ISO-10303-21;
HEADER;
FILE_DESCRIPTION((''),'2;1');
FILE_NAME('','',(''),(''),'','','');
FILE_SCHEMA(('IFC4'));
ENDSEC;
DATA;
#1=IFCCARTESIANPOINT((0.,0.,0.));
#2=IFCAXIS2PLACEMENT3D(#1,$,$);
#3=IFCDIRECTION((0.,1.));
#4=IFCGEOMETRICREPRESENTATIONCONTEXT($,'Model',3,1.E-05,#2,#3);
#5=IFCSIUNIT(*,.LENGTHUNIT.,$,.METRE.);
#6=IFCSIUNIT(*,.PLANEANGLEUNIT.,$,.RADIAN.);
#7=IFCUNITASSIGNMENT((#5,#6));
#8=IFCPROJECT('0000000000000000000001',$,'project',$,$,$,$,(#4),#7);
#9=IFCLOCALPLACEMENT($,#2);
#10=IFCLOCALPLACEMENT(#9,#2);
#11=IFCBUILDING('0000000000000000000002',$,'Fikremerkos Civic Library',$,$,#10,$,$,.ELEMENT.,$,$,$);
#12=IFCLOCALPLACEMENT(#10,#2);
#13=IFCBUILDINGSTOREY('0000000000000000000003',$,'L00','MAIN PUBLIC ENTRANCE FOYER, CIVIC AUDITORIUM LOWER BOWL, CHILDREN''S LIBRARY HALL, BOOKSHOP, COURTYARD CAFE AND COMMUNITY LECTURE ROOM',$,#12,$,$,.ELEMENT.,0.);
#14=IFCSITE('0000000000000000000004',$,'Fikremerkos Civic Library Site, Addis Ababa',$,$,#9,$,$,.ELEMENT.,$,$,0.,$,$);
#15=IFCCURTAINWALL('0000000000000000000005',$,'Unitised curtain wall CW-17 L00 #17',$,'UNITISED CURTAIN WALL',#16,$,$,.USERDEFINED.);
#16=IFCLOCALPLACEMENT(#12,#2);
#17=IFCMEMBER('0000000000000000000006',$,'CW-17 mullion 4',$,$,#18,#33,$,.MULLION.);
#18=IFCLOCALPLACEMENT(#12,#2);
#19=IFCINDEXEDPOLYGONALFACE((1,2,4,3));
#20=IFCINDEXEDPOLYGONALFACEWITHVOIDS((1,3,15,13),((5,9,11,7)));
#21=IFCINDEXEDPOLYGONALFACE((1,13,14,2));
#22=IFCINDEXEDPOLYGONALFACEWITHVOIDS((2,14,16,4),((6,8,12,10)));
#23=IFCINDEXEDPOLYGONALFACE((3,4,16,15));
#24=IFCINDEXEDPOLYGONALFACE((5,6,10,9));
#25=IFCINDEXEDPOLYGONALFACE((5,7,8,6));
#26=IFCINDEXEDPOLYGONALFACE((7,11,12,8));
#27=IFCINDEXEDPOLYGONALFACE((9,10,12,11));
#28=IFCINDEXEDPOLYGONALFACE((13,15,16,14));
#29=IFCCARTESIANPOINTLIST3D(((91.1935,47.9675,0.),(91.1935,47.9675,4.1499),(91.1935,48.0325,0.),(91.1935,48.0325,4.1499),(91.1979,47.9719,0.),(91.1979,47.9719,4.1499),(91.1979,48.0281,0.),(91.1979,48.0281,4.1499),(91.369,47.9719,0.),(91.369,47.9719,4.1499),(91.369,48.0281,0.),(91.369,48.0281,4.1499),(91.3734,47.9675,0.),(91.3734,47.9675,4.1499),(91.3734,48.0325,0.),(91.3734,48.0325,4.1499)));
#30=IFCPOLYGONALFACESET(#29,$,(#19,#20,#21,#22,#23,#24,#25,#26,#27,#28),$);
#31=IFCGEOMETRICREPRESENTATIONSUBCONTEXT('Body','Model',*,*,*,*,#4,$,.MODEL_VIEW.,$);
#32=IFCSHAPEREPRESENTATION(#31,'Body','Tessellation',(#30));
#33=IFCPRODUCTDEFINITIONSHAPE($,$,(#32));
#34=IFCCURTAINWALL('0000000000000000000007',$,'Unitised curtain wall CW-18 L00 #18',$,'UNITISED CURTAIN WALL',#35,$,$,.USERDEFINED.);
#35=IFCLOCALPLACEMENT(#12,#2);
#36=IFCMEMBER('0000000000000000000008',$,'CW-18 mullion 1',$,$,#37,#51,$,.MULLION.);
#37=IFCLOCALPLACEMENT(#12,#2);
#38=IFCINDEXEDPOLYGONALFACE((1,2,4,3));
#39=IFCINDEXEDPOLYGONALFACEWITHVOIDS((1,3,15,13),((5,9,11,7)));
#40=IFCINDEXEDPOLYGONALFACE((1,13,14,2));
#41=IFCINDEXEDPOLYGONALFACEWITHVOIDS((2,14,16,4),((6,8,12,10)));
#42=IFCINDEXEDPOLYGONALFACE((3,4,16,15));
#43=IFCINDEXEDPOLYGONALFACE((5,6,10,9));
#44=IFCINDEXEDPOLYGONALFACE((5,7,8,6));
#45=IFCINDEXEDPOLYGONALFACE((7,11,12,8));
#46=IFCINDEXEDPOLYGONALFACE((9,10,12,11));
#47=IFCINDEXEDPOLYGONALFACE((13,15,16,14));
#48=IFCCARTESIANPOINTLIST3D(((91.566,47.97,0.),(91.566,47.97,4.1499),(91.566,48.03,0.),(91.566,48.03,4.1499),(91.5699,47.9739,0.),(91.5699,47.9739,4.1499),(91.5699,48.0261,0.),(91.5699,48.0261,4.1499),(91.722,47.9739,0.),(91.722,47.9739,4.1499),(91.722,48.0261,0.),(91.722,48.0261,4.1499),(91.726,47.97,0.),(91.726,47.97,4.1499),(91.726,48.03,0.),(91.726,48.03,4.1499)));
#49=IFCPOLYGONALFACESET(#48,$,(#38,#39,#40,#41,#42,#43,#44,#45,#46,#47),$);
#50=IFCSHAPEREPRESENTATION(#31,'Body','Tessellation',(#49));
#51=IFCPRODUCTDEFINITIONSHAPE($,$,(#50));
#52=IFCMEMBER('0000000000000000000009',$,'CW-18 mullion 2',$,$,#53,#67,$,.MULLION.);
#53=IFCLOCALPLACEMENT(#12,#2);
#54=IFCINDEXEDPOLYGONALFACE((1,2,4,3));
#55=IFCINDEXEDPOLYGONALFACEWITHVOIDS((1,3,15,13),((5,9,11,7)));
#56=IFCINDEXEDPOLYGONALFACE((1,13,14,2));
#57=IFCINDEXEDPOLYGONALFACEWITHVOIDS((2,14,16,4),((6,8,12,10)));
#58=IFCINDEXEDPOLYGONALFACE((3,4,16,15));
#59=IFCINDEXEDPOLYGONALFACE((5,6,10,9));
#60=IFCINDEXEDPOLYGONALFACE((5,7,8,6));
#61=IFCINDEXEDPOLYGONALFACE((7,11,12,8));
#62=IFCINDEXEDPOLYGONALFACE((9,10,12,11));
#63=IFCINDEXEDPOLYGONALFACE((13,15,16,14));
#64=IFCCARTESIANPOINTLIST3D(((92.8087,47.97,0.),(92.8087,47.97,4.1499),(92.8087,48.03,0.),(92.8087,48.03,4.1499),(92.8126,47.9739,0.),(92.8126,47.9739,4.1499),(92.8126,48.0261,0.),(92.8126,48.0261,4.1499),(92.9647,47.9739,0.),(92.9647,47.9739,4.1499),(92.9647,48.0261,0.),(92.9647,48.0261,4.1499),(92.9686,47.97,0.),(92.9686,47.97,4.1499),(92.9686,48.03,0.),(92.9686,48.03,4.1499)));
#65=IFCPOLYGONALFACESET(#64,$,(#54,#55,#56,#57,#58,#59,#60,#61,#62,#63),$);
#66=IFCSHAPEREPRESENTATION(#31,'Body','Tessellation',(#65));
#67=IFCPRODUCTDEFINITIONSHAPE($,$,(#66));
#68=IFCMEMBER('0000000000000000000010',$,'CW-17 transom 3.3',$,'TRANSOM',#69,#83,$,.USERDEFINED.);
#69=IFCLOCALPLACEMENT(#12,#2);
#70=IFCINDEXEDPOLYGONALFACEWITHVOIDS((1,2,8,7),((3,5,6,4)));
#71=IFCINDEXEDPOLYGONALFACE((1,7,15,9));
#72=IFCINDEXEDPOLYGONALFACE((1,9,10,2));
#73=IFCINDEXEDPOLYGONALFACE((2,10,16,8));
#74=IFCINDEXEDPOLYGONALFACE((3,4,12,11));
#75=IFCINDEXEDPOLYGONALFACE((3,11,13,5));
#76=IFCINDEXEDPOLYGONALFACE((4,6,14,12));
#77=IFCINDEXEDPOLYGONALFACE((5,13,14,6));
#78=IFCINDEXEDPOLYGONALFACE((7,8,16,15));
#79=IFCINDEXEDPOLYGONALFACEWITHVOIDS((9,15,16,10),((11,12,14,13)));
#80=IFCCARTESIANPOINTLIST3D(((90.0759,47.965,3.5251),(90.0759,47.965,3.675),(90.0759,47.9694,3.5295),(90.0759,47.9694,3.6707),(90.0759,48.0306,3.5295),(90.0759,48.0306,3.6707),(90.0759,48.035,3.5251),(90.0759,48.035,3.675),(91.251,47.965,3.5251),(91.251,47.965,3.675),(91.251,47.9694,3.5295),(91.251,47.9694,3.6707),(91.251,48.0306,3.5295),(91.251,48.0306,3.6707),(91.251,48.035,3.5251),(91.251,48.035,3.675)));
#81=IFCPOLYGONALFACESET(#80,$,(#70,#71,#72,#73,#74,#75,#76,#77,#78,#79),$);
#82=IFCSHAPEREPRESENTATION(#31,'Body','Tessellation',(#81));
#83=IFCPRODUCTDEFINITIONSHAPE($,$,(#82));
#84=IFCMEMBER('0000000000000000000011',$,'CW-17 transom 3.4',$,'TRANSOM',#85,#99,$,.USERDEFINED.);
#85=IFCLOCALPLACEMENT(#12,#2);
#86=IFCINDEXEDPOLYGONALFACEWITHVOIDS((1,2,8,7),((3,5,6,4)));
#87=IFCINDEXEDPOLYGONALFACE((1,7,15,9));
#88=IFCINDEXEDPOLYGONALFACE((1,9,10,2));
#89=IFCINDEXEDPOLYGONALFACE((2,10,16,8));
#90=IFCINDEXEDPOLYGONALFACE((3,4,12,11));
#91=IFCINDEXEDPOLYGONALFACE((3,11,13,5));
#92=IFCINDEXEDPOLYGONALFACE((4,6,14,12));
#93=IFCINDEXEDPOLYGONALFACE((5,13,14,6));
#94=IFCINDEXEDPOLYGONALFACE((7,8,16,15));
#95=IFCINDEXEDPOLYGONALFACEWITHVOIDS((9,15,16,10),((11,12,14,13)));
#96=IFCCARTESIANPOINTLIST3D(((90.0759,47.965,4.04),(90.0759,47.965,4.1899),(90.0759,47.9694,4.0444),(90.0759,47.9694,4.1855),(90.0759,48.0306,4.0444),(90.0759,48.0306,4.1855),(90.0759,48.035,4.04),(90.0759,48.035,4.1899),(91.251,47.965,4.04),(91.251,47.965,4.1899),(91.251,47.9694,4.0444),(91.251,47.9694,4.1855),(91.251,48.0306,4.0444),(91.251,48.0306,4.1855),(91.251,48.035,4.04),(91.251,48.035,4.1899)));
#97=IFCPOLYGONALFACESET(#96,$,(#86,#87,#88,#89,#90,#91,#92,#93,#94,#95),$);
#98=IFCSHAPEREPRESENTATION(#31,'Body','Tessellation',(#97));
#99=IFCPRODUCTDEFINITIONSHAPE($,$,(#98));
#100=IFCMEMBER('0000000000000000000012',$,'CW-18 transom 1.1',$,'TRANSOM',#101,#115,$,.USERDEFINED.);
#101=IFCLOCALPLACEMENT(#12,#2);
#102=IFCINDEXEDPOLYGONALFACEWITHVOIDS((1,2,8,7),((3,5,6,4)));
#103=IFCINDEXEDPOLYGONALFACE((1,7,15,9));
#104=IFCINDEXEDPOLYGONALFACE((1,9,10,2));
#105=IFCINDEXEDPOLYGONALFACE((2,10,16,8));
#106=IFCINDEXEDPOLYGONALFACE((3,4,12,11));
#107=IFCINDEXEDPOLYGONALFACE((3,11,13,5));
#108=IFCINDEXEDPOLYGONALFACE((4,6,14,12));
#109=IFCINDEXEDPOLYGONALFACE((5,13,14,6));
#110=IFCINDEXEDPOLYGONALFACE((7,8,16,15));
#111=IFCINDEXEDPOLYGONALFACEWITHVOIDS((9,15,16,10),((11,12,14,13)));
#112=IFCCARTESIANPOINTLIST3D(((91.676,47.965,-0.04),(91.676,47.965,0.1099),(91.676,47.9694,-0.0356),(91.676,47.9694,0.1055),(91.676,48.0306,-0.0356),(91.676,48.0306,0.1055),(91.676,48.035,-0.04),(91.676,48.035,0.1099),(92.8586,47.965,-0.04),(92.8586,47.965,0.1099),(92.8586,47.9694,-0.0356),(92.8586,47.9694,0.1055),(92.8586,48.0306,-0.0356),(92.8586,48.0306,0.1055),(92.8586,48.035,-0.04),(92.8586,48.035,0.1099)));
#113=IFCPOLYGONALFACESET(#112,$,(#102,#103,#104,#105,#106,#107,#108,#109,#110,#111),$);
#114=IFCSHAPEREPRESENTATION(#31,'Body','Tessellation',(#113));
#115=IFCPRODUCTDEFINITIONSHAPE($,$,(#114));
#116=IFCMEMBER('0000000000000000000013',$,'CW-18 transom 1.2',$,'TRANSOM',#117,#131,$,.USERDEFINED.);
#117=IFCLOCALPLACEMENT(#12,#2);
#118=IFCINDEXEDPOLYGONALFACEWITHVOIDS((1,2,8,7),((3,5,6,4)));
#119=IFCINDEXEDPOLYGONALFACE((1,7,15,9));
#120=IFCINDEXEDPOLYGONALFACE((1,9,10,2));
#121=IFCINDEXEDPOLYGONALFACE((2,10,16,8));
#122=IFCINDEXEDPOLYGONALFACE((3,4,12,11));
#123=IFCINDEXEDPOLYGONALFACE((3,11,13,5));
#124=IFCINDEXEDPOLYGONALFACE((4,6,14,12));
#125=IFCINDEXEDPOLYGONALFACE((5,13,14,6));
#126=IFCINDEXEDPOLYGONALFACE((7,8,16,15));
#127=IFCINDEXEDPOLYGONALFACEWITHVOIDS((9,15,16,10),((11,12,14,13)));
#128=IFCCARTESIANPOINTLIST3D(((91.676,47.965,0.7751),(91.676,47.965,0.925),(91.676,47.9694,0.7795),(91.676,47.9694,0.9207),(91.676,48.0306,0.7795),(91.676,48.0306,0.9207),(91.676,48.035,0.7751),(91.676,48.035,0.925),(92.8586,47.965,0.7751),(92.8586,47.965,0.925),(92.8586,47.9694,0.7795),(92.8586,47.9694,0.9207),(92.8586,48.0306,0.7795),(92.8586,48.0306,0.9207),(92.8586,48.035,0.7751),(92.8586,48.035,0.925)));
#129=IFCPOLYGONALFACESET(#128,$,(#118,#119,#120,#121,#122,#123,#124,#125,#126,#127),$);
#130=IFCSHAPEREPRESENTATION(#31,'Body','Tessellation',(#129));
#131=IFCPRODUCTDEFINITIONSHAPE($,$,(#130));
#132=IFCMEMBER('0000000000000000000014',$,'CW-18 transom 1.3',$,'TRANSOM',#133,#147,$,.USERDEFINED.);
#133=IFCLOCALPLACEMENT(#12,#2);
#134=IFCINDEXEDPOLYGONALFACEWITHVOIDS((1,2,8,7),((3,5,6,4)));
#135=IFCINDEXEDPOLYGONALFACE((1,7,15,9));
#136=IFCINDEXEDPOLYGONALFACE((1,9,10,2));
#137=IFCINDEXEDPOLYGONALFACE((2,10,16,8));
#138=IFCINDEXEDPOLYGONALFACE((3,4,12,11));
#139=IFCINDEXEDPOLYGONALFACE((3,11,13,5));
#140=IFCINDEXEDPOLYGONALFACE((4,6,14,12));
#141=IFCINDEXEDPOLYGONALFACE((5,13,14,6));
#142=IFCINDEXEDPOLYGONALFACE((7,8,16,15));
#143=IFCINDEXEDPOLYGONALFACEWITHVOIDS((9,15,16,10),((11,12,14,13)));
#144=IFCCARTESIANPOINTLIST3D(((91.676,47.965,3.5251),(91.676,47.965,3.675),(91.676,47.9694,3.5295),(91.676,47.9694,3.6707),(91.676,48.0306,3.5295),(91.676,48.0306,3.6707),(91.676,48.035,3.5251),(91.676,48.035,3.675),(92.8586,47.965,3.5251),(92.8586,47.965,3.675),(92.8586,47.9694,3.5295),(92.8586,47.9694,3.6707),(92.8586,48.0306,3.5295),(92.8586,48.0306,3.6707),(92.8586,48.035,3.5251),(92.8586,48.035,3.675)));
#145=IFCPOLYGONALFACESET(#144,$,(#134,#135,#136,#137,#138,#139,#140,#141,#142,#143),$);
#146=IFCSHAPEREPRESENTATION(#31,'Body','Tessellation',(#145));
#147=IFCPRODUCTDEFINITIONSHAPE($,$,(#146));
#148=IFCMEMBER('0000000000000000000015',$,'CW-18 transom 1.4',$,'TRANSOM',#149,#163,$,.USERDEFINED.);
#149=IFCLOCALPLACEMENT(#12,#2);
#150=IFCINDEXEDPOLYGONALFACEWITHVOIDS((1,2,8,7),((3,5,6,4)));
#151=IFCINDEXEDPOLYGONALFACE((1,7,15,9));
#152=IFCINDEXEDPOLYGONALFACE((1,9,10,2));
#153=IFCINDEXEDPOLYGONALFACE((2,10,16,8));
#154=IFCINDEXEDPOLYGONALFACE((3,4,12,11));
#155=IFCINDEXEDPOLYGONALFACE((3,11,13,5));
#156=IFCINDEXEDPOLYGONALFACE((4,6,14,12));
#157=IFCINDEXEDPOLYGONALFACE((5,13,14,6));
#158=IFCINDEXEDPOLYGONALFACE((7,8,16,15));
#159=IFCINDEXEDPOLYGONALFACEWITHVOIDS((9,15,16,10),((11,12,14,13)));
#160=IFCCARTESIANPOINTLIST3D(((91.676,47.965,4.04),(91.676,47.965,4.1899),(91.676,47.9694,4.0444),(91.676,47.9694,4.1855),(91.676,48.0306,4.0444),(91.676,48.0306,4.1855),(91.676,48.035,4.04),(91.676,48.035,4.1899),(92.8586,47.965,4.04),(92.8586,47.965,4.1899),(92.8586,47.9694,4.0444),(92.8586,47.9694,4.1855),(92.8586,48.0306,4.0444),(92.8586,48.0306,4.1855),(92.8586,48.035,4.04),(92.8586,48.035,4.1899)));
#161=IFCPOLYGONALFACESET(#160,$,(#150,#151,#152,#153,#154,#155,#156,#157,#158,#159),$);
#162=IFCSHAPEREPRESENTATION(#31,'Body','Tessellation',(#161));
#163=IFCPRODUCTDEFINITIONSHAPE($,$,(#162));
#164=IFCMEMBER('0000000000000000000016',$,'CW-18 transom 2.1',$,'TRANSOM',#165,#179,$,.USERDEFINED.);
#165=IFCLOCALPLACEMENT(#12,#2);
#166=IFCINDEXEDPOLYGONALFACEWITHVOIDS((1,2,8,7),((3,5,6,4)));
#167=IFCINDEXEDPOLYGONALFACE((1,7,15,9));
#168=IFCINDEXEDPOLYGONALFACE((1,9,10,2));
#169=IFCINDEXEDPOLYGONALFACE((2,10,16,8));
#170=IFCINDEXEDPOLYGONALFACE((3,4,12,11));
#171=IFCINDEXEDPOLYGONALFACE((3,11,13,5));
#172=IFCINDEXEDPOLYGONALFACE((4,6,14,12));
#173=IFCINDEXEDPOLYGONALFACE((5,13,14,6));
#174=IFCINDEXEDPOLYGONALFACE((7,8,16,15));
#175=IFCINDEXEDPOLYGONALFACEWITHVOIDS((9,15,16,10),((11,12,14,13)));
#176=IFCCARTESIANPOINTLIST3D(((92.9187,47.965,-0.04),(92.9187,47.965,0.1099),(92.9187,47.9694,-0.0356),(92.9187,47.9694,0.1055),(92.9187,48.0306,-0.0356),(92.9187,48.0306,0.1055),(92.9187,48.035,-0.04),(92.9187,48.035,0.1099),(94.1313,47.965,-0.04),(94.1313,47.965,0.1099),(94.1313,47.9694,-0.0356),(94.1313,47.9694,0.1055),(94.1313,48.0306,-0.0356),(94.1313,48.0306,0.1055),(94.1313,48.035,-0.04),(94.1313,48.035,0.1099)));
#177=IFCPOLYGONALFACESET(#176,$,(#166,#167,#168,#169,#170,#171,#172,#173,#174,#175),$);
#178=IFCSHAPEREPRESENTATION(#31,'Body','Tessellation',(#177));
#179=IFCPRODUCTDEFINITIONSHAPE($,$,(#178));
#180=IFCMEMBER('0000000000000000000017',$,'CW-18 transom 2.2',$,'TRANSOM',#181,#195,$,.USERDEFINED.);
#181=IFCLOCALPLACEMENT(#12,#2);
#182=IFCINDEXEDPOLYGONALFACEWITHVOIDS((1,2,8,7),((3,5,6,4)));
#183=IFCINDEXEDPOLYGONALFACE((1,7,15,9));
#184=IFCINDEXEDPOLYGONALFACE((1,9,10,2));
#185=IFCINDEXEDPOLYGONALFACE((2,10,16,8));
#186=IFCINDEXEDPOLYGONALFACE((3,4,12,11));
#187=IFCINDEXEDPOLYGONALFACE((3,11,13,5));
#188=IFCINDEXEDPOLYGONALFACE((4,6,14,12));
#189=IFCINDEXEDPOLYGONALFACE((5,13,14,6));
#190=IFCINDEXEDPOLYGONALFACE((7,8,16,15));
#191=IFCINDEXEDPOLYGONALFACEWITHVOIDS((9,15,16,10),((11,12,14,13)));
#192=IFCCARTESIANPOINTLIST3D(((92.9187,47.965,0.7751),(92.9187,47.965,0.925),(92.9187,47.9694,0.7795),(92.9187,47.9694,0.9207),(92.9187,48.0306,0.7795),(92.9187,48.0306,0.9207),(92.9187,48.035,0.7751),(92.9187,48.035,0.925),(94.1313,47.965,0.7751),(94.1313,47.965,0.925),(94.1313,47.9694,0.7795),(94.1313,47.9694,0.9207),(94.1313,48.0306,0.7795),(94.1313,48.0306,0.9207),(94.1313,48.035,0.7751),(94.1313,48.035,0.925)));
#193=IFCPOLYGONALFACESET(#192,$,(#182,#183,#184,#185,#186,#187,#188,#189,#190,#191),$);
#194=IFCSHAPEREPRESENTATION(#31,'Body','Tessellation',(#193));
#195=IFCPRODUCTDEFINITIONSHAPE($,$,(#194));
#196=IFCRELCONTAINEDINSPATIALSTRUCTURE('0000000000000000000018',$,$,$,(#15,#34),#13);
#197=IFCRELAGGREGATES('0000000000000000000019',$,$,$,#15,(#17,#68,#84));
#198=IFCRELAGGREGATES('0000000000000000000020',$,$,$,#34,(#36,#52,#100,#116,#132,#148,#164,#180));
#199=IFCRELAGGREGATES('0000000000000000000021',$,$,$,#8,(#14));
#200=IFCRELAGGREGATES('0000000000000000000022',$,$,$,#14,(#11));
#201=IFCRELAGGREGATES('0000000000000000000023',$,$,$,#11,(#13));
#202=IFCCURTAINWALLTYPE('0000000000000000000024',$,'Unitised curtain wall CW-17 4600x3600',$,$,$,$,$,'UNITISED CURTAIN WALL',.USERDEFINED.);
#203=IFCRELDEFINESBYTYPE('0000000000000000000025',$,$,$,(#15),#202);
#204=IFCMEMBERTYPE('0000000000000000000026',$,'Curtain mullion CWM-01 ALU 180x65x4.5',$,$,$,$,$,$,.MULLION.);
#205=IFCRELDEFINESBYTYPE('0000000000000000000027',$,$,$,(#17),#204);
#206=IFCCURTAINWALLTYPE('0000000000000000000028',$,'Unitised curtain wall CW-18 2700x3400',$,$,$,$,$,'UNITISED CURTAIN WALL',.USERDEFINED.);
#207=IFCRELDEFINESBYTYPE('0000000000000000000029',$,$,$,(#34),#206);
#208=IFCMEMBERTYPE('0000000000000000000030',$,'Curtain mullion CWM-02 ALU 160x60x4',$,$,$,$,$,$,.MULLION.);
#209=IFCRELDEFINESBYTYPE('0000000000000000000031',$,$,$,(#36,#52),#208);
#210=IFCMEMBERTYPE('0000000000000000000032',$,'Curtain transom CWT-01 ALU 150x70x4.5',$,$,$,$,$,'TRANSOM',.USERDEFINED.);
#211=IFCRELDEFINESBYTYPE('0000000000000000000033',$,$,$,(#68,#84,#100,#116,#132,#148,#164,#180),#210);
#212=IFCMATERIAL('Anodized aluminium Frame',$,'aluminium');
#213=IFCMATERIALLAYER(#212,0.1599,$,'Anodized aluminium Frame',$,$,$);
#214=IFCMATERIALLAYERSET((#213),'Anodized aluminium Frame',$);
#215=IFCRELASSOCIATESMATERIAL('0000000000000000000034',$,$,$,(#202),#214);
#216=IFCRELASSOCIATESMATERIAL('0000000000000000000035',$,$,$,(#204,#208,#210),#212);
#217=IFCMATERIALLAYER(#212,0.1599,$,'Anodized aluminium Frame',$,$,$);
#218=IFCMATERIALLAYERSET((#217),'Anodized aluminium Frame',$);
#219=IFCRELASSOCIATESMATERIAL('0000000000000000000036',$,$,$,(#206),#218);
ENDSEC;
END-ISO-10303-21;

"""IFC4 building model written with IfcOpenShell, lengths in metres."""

from ifc_helpers import new_model, si_unit, direction, frame, origin, origin_2d, place, context, subcontext, project, spatial, hollow_rectangle, extrude, material, layer, layer_set, material_profile, profile_set, type_object, element, aggregate, save


model = new_model("IFC4")

# Units and contexts
model_context = context("Model", 3, precision=1e-05, world=origin(), true_north=direction((0.0, 1.0)))
body_context = subcontext(model_context, "Body", "Model", "MODEL_VIEW")
ifc_project = project(units=[si_unit("LENGTHUNIT", "METRE"), si_unit("PLANEANGLEUNIT", "RADIAN")], contexts=[model_context])

# Site, building, storey
site_placement = place(None, origin())
site = spatial("IfcSite", under=ifc_project, at=site_placement, Name="Fikremerkos Civic Library Site, Addis Ababa", CompositionType="ELEMENT", RefElevation=0.0)
building_placement = place(site_placement, origin())
building = spatial("IfcBuilding", under=site, at=building_placement, Name="Fikremerkos Civic Library", CompositionType="ELEMENT")
storey_placement = place(building_placement, origin())
storey = spatial("IfcBuildingStorey", under=building, at=storey_placement, Name="L00", Description="MAIN PUBLIC ENTRANCE FOYER, CIVIC AUDITORIUM LOWER BOWL, CHILDREN'S LIBRARY HALL, BOOKSHOP, COURTYARD CAFE AND COMMUNITY LECTURE ROOM", CompositionType="ELEMENT", Elevation=0.0)

# Curtain wall, member
ifc_material_1 = material(Name="Anodized aluminium Frame", Category="aluminium")
ifc_layer_1 = layer(ifc_material_1, 0.1599, Name="Anodized aluminium Frame")
ifc_layer_set_1 = layer_set([ifc_layer_1], Name="Anodized aluminium Frame")
curtain_wall_type_1 = type_object("IfcCurtainWallType", Name="Unitised curtain wall CW-17 4600x3600", ElementType="UNITISED CURTAIN WALL", PredefinedType="USERDEFINED", material=ifc_layer_set_1)
curtain_wall_1_placement = place(storey_placement, origin())
curtain_wall_1 = element("IfcCurtainWall", 1, at=curtain_wall_1_placement, inside=storey, type_object=curtain_wall_type_1, Name="Unitised curtain wall CW-17 L00 #17", ObjectType="UNITISED CURTAIN WALL", PredefinedType="USERDEFINED")
ifc_material_profile_1 = material_profile(ifc_material_1, hollow_rectangle(XDim=0.0649, YDim=0.1799, WallThickness=0.0044, at=origin_2d()), Name="ALU 180x65x4.5")
ifc_profile_set_1 = profile_set([ifc_material_profile_1], Name="Anodized aluminium Frame")
member_type_1 = type_object("IfcMemberType", Name="Curtain mullion CWM-01 ALU 180x65x4.5", PredefinedType="MULLION", material=ifc_profile_set_1)
member_1_placement = place(storey_placement, frame((91.2834, 48.0, 0.0), z_axis=(0.0, 0.0, 1.0), x_axis=(0.0, 1.0, 0.0)))
member_1 = element("IfcMember", 2, at=member_1_placement, type_object=member_type_1, Name="CW-17 mullion 4", PredefinedType="MULLION", context=body_context, shape_type="SweptSolid", body=[
    extrude(hollow_rectangle(XDim=0.0649, YDim=0.1799, WallThickness=0.0044, at=origin_2d()), origin(), (0.0, 0.0, 1.0), 4.1499),
])

# Curtain wall, members
ifc_layer_2 = layer(ifc_material_1, 0.1599, Name="Anodized aluminium Frame")
ifc_layer_set_2 = layer_set([ifc_layer_2], Name="Anodized aluminium Frame")
curtain_wall_type_2 = type_object("IfcCurtainWallType", Name="Unitised curtain wall CW-18 2700x3400", ElementType="UNITISED CURTAIN WALL", PredefinedType="USERDEFINED", material=ifc_layer_set_2)
curtain_wall_2_placement = place(storey_placement, origin())
curtain_wall_2 = element("IfcCurtainWall", 3, at=curtain_wall_2_placement, inside=storey, type_object=curtain_wall_type_2, Name="Unitised curtain wall CW-18 L00 #18", ObjectType="UNITISED CURTAIN WALL", PredefinedType="USERDEFINED")
ifc_material_profile_2 = material_profile(ifc_material_1, hollow_rectangle(XDim=0.0601, YDim=0.1599, WallThickness=0.0039, at=origin_2d()), Name="ALU 160x60x4")
ifc_profile_set_2 = profile_set([ifc_material_profile_2], Name="Anodized aluminium Frame")
member_type_2 = type_object("IfcMemberType", Name="Curtain mullion CWM-02 ALU 160x60x4", PredefinedType="MULLION", material=ifc_profile_set_2)
member_2_placement = place(storey_placement, frame((91.646, 48.0, 0.0), z_axis=(0.0, 0.0, 1.0), x_axis=(0.0, 1.0, 0.0)))
member_2 = element("IfcMember", 4, at=member_2_placement, type_object=member_type_2, Name="CW-18 mullion 1", PredefinedType="MULLION", context=body_context, shape_type="SweptSolid", body=[
    extrude(hollow_rectangle(XDim=0.0601, YDim=0.1599, WallThickness=0.0039, at=origin_2d()), origin(), (0.0, 0.0, 1.0), 4.1499),
])
member_3_placement = place(storey_placement, frame((92.8887, 48.0, 0.0), z_axis=(0.0, 0.0, 1.0), x_axis=(0.0, 1.0, 0.0)))
member_3 = element("IfcMember", 5, at=member_3_placement, type_object=member_type_2, Name="CW-18 mullion 2", PredefinedType="MULLION", context=body_context, shape_type="SweptSolid", body=[
    extrude(hollow_rectangle(XDim=0.0601, YDim=0.1599, WallThickness=0.0039, at=origin_2d()), origin(), (0.0, 0.0, 1.0), 4.1499),
])

# Members
ifc_material_profile_3 = material_profile(ifc_material_1, hollow_rectangle(XDim=0.0701, YDim=0.1499, WallThickness=0.0044, at=origin_2d()), Name="ALU 150x70x4.5")
ifc_profile_set_3 = profile_set([ifc_material_profile_3], Name="Anodized aluminium Frame")
member_type_3 = type_object("IfcMemberType", Name="Curtain transom CWT-01 ALU 150x70x4.5", ElementType="TRANSOM", PredefinedType="USERDEFINED", material=ifc_profile_set_3)
member_4_placement = place(storey_placement, frame((90.0759, 48.0, 3.6001), z_axis=(1.0, 0.0, 0.0), x_axis=(0.0, 1.0, 0.0)))
member_4 = element("IfcMember", 6, at=member_4_placement, type_object=member_type_3, Name="CW-17 transom 3.3", ObjectType="TRANSOM", PredefinedType="USERDEFINED", context=body_context, shape_type="SweptSolid", body=[
    extrude(hollow_rectangle(XDim=0.0701, YDim=0.1499, WallThickness=0.0044, at=origin_2d()), origin(), (0.0, 0.0, 1.0), 1.175),
])
member_5_placement = place(storey_placement, frame((90.0759, 48.0, 4.115), z_axis=(1.0, 0.0, 0.0), x_axis=(0.0, 1.0, 0.0)))
member_5 = element("IfcMember", 7, at=member_5_placement, type_object=member_type_3, Name="CW-17 transom 3.4", ObjectType="TRANSOM", PredefinedType="USERDEFINED", context=body_context, shape_type="SweptSolid", body=[
    extrude(hollow_rectangle(XDim=0.0701, YDim=0.1499, WallThickness=0.0044, at=origin_2d()), origin(), (0.0, 0.0, 1.0), 1.175),
])
member_6_placement = place(storey_placement, frame((91.676, 48.0, 0.0349), z_axis=(1.0, 0.0, 0.0), x_axis=(0.0, 1.0, 0.0)))
member_6 = element("IfcMember", 8, at=member_6_placement, type_object=member_type_3, Name="CW-18 transom 1.1", ObjectType="TRANSOM", PredefinedType="USERDEFINED", context=body_context, shape_type="SweptSolid", body=[
    extrude(hollow_rectangle(XDim=0.0701, YDim=0.1499, WallThickness=0.0044, at=origin_2d()), origin(), (0.0, 0.0, 1.0), 1.1826),
])
member_7_placement = place(storey_placement, frame((91.676, 48.0, 0.8501), z_axis=(1.0, 0.0, 0.0), x_axis=(0.0, 1.0, 0.0)))
member_7 = element("IfcMember", 9, at=member_7_placement, type_object=member_type_3, Name="CW-18 transom 1.2", ObjectType="TRANSOM", PredefinedType="USERDEFINED", context=body_context, shape_type="SweptSolid", body=[
    extrude(hollow_rectangle(XDim=0.0701, YDim=0.1499, WallThickness=0.0044, at=origin_2d()), origin(), (0.0, 0.0, 1.0), 1.1826),
])
member_8_placement = place(storey_placement, frame((91.676, 48.0, 3.6001), z_axis=(1.0, 0.0, 0.0), x_axis=(0.0, 1.0, 0.0)))
member_8 = element("IfcMember", 10, at=member_8_placement, type_object=member_type_3, Name="CW-18 transom 1.3", ObjectType="TRANSOM", PredefinedType="USERDEFINED", context=body_context, shape_type="SweptSolid", body=[
    extrude(hollow_rectangle(XDim=0.0701, YDim=0.1499, WallThickness=0.0044, at=origin_2d()), origin(), (0.0, 0.0, 1.0), 1.1826),
])
member_9_placement = place(storey_placement, frame((91.676, 48.0, 4.115), z_axis=(1.0, 0.0, 0.0), x_axis=(0.0, 1.0, 0.0)))
member_9 = element("IfcMember", 11, at=member_9_placement, type_object=member_type_3, Name="CW-18 transom 1.4", ObjectType="TRANSOM", PredefinedType="USERDEFINED", context=body_context, shape_type="SweptSolid", body=[
    extrude(hollow_rectangle(XDim=0.0701, YDim=0.1499, WallThickness=0.0044, at=origin_2d()), origin(), (0.0, 0.0, 1.0), 1.1826),
])
member_10_placement = place(storey_placement, frame((92.9187, 48.0, 0.0349), z_axis=(1.0, 0.0, 0.0), x_axis=(0.0, 1.0, 0.0)))
member_10 = element("IfcMember", 12, at=member_10_placement, type_object=member_type_3, Name="CW-18 transom 2.1", ObjectType="TRANSOM", PredefinedType="USERDEFINED", context=body_context, shape_type="SweptSolid", body=[
    extrude(hollow_rectangle(XDim=0.0701, YDim=0.1499, WallThickness=0.0044, at=origin_2d()), origin(), (0.0, 0.0, 1.0), 1.2126),
])
member_11_placement = place(storey_placement, frame((92.9187, 48.0, 0.8501), z_axis=(1.0, 0.0, 0.0), x_axis=(0.0, 1.0, 0.0)))
member_11 = element("IfcMember", 13, at=member_11_placement, type_object=member_type_3, Name="CW-18 transom 2.2", ObjectType="TRANSOM", PredefinedType="USERDEFINED", context=body_context, shape_type="SweptSolid", body=[
    extrude(hollow_rectangle(XDim=0.0701, YDim=0.1499, WallThickness=0.0044, at=origin_2d()), origin(), (0.0, 0.0, 1.0), 1.2126),
])

aggregate(curtain_wall_1, [member_1, member_4, member_5])
aggregate(curtain_wall_2, [member_2, member_3, member_6, member_7, member_8, member_9, member_10, member_11])

save(model, "model.ifc")
